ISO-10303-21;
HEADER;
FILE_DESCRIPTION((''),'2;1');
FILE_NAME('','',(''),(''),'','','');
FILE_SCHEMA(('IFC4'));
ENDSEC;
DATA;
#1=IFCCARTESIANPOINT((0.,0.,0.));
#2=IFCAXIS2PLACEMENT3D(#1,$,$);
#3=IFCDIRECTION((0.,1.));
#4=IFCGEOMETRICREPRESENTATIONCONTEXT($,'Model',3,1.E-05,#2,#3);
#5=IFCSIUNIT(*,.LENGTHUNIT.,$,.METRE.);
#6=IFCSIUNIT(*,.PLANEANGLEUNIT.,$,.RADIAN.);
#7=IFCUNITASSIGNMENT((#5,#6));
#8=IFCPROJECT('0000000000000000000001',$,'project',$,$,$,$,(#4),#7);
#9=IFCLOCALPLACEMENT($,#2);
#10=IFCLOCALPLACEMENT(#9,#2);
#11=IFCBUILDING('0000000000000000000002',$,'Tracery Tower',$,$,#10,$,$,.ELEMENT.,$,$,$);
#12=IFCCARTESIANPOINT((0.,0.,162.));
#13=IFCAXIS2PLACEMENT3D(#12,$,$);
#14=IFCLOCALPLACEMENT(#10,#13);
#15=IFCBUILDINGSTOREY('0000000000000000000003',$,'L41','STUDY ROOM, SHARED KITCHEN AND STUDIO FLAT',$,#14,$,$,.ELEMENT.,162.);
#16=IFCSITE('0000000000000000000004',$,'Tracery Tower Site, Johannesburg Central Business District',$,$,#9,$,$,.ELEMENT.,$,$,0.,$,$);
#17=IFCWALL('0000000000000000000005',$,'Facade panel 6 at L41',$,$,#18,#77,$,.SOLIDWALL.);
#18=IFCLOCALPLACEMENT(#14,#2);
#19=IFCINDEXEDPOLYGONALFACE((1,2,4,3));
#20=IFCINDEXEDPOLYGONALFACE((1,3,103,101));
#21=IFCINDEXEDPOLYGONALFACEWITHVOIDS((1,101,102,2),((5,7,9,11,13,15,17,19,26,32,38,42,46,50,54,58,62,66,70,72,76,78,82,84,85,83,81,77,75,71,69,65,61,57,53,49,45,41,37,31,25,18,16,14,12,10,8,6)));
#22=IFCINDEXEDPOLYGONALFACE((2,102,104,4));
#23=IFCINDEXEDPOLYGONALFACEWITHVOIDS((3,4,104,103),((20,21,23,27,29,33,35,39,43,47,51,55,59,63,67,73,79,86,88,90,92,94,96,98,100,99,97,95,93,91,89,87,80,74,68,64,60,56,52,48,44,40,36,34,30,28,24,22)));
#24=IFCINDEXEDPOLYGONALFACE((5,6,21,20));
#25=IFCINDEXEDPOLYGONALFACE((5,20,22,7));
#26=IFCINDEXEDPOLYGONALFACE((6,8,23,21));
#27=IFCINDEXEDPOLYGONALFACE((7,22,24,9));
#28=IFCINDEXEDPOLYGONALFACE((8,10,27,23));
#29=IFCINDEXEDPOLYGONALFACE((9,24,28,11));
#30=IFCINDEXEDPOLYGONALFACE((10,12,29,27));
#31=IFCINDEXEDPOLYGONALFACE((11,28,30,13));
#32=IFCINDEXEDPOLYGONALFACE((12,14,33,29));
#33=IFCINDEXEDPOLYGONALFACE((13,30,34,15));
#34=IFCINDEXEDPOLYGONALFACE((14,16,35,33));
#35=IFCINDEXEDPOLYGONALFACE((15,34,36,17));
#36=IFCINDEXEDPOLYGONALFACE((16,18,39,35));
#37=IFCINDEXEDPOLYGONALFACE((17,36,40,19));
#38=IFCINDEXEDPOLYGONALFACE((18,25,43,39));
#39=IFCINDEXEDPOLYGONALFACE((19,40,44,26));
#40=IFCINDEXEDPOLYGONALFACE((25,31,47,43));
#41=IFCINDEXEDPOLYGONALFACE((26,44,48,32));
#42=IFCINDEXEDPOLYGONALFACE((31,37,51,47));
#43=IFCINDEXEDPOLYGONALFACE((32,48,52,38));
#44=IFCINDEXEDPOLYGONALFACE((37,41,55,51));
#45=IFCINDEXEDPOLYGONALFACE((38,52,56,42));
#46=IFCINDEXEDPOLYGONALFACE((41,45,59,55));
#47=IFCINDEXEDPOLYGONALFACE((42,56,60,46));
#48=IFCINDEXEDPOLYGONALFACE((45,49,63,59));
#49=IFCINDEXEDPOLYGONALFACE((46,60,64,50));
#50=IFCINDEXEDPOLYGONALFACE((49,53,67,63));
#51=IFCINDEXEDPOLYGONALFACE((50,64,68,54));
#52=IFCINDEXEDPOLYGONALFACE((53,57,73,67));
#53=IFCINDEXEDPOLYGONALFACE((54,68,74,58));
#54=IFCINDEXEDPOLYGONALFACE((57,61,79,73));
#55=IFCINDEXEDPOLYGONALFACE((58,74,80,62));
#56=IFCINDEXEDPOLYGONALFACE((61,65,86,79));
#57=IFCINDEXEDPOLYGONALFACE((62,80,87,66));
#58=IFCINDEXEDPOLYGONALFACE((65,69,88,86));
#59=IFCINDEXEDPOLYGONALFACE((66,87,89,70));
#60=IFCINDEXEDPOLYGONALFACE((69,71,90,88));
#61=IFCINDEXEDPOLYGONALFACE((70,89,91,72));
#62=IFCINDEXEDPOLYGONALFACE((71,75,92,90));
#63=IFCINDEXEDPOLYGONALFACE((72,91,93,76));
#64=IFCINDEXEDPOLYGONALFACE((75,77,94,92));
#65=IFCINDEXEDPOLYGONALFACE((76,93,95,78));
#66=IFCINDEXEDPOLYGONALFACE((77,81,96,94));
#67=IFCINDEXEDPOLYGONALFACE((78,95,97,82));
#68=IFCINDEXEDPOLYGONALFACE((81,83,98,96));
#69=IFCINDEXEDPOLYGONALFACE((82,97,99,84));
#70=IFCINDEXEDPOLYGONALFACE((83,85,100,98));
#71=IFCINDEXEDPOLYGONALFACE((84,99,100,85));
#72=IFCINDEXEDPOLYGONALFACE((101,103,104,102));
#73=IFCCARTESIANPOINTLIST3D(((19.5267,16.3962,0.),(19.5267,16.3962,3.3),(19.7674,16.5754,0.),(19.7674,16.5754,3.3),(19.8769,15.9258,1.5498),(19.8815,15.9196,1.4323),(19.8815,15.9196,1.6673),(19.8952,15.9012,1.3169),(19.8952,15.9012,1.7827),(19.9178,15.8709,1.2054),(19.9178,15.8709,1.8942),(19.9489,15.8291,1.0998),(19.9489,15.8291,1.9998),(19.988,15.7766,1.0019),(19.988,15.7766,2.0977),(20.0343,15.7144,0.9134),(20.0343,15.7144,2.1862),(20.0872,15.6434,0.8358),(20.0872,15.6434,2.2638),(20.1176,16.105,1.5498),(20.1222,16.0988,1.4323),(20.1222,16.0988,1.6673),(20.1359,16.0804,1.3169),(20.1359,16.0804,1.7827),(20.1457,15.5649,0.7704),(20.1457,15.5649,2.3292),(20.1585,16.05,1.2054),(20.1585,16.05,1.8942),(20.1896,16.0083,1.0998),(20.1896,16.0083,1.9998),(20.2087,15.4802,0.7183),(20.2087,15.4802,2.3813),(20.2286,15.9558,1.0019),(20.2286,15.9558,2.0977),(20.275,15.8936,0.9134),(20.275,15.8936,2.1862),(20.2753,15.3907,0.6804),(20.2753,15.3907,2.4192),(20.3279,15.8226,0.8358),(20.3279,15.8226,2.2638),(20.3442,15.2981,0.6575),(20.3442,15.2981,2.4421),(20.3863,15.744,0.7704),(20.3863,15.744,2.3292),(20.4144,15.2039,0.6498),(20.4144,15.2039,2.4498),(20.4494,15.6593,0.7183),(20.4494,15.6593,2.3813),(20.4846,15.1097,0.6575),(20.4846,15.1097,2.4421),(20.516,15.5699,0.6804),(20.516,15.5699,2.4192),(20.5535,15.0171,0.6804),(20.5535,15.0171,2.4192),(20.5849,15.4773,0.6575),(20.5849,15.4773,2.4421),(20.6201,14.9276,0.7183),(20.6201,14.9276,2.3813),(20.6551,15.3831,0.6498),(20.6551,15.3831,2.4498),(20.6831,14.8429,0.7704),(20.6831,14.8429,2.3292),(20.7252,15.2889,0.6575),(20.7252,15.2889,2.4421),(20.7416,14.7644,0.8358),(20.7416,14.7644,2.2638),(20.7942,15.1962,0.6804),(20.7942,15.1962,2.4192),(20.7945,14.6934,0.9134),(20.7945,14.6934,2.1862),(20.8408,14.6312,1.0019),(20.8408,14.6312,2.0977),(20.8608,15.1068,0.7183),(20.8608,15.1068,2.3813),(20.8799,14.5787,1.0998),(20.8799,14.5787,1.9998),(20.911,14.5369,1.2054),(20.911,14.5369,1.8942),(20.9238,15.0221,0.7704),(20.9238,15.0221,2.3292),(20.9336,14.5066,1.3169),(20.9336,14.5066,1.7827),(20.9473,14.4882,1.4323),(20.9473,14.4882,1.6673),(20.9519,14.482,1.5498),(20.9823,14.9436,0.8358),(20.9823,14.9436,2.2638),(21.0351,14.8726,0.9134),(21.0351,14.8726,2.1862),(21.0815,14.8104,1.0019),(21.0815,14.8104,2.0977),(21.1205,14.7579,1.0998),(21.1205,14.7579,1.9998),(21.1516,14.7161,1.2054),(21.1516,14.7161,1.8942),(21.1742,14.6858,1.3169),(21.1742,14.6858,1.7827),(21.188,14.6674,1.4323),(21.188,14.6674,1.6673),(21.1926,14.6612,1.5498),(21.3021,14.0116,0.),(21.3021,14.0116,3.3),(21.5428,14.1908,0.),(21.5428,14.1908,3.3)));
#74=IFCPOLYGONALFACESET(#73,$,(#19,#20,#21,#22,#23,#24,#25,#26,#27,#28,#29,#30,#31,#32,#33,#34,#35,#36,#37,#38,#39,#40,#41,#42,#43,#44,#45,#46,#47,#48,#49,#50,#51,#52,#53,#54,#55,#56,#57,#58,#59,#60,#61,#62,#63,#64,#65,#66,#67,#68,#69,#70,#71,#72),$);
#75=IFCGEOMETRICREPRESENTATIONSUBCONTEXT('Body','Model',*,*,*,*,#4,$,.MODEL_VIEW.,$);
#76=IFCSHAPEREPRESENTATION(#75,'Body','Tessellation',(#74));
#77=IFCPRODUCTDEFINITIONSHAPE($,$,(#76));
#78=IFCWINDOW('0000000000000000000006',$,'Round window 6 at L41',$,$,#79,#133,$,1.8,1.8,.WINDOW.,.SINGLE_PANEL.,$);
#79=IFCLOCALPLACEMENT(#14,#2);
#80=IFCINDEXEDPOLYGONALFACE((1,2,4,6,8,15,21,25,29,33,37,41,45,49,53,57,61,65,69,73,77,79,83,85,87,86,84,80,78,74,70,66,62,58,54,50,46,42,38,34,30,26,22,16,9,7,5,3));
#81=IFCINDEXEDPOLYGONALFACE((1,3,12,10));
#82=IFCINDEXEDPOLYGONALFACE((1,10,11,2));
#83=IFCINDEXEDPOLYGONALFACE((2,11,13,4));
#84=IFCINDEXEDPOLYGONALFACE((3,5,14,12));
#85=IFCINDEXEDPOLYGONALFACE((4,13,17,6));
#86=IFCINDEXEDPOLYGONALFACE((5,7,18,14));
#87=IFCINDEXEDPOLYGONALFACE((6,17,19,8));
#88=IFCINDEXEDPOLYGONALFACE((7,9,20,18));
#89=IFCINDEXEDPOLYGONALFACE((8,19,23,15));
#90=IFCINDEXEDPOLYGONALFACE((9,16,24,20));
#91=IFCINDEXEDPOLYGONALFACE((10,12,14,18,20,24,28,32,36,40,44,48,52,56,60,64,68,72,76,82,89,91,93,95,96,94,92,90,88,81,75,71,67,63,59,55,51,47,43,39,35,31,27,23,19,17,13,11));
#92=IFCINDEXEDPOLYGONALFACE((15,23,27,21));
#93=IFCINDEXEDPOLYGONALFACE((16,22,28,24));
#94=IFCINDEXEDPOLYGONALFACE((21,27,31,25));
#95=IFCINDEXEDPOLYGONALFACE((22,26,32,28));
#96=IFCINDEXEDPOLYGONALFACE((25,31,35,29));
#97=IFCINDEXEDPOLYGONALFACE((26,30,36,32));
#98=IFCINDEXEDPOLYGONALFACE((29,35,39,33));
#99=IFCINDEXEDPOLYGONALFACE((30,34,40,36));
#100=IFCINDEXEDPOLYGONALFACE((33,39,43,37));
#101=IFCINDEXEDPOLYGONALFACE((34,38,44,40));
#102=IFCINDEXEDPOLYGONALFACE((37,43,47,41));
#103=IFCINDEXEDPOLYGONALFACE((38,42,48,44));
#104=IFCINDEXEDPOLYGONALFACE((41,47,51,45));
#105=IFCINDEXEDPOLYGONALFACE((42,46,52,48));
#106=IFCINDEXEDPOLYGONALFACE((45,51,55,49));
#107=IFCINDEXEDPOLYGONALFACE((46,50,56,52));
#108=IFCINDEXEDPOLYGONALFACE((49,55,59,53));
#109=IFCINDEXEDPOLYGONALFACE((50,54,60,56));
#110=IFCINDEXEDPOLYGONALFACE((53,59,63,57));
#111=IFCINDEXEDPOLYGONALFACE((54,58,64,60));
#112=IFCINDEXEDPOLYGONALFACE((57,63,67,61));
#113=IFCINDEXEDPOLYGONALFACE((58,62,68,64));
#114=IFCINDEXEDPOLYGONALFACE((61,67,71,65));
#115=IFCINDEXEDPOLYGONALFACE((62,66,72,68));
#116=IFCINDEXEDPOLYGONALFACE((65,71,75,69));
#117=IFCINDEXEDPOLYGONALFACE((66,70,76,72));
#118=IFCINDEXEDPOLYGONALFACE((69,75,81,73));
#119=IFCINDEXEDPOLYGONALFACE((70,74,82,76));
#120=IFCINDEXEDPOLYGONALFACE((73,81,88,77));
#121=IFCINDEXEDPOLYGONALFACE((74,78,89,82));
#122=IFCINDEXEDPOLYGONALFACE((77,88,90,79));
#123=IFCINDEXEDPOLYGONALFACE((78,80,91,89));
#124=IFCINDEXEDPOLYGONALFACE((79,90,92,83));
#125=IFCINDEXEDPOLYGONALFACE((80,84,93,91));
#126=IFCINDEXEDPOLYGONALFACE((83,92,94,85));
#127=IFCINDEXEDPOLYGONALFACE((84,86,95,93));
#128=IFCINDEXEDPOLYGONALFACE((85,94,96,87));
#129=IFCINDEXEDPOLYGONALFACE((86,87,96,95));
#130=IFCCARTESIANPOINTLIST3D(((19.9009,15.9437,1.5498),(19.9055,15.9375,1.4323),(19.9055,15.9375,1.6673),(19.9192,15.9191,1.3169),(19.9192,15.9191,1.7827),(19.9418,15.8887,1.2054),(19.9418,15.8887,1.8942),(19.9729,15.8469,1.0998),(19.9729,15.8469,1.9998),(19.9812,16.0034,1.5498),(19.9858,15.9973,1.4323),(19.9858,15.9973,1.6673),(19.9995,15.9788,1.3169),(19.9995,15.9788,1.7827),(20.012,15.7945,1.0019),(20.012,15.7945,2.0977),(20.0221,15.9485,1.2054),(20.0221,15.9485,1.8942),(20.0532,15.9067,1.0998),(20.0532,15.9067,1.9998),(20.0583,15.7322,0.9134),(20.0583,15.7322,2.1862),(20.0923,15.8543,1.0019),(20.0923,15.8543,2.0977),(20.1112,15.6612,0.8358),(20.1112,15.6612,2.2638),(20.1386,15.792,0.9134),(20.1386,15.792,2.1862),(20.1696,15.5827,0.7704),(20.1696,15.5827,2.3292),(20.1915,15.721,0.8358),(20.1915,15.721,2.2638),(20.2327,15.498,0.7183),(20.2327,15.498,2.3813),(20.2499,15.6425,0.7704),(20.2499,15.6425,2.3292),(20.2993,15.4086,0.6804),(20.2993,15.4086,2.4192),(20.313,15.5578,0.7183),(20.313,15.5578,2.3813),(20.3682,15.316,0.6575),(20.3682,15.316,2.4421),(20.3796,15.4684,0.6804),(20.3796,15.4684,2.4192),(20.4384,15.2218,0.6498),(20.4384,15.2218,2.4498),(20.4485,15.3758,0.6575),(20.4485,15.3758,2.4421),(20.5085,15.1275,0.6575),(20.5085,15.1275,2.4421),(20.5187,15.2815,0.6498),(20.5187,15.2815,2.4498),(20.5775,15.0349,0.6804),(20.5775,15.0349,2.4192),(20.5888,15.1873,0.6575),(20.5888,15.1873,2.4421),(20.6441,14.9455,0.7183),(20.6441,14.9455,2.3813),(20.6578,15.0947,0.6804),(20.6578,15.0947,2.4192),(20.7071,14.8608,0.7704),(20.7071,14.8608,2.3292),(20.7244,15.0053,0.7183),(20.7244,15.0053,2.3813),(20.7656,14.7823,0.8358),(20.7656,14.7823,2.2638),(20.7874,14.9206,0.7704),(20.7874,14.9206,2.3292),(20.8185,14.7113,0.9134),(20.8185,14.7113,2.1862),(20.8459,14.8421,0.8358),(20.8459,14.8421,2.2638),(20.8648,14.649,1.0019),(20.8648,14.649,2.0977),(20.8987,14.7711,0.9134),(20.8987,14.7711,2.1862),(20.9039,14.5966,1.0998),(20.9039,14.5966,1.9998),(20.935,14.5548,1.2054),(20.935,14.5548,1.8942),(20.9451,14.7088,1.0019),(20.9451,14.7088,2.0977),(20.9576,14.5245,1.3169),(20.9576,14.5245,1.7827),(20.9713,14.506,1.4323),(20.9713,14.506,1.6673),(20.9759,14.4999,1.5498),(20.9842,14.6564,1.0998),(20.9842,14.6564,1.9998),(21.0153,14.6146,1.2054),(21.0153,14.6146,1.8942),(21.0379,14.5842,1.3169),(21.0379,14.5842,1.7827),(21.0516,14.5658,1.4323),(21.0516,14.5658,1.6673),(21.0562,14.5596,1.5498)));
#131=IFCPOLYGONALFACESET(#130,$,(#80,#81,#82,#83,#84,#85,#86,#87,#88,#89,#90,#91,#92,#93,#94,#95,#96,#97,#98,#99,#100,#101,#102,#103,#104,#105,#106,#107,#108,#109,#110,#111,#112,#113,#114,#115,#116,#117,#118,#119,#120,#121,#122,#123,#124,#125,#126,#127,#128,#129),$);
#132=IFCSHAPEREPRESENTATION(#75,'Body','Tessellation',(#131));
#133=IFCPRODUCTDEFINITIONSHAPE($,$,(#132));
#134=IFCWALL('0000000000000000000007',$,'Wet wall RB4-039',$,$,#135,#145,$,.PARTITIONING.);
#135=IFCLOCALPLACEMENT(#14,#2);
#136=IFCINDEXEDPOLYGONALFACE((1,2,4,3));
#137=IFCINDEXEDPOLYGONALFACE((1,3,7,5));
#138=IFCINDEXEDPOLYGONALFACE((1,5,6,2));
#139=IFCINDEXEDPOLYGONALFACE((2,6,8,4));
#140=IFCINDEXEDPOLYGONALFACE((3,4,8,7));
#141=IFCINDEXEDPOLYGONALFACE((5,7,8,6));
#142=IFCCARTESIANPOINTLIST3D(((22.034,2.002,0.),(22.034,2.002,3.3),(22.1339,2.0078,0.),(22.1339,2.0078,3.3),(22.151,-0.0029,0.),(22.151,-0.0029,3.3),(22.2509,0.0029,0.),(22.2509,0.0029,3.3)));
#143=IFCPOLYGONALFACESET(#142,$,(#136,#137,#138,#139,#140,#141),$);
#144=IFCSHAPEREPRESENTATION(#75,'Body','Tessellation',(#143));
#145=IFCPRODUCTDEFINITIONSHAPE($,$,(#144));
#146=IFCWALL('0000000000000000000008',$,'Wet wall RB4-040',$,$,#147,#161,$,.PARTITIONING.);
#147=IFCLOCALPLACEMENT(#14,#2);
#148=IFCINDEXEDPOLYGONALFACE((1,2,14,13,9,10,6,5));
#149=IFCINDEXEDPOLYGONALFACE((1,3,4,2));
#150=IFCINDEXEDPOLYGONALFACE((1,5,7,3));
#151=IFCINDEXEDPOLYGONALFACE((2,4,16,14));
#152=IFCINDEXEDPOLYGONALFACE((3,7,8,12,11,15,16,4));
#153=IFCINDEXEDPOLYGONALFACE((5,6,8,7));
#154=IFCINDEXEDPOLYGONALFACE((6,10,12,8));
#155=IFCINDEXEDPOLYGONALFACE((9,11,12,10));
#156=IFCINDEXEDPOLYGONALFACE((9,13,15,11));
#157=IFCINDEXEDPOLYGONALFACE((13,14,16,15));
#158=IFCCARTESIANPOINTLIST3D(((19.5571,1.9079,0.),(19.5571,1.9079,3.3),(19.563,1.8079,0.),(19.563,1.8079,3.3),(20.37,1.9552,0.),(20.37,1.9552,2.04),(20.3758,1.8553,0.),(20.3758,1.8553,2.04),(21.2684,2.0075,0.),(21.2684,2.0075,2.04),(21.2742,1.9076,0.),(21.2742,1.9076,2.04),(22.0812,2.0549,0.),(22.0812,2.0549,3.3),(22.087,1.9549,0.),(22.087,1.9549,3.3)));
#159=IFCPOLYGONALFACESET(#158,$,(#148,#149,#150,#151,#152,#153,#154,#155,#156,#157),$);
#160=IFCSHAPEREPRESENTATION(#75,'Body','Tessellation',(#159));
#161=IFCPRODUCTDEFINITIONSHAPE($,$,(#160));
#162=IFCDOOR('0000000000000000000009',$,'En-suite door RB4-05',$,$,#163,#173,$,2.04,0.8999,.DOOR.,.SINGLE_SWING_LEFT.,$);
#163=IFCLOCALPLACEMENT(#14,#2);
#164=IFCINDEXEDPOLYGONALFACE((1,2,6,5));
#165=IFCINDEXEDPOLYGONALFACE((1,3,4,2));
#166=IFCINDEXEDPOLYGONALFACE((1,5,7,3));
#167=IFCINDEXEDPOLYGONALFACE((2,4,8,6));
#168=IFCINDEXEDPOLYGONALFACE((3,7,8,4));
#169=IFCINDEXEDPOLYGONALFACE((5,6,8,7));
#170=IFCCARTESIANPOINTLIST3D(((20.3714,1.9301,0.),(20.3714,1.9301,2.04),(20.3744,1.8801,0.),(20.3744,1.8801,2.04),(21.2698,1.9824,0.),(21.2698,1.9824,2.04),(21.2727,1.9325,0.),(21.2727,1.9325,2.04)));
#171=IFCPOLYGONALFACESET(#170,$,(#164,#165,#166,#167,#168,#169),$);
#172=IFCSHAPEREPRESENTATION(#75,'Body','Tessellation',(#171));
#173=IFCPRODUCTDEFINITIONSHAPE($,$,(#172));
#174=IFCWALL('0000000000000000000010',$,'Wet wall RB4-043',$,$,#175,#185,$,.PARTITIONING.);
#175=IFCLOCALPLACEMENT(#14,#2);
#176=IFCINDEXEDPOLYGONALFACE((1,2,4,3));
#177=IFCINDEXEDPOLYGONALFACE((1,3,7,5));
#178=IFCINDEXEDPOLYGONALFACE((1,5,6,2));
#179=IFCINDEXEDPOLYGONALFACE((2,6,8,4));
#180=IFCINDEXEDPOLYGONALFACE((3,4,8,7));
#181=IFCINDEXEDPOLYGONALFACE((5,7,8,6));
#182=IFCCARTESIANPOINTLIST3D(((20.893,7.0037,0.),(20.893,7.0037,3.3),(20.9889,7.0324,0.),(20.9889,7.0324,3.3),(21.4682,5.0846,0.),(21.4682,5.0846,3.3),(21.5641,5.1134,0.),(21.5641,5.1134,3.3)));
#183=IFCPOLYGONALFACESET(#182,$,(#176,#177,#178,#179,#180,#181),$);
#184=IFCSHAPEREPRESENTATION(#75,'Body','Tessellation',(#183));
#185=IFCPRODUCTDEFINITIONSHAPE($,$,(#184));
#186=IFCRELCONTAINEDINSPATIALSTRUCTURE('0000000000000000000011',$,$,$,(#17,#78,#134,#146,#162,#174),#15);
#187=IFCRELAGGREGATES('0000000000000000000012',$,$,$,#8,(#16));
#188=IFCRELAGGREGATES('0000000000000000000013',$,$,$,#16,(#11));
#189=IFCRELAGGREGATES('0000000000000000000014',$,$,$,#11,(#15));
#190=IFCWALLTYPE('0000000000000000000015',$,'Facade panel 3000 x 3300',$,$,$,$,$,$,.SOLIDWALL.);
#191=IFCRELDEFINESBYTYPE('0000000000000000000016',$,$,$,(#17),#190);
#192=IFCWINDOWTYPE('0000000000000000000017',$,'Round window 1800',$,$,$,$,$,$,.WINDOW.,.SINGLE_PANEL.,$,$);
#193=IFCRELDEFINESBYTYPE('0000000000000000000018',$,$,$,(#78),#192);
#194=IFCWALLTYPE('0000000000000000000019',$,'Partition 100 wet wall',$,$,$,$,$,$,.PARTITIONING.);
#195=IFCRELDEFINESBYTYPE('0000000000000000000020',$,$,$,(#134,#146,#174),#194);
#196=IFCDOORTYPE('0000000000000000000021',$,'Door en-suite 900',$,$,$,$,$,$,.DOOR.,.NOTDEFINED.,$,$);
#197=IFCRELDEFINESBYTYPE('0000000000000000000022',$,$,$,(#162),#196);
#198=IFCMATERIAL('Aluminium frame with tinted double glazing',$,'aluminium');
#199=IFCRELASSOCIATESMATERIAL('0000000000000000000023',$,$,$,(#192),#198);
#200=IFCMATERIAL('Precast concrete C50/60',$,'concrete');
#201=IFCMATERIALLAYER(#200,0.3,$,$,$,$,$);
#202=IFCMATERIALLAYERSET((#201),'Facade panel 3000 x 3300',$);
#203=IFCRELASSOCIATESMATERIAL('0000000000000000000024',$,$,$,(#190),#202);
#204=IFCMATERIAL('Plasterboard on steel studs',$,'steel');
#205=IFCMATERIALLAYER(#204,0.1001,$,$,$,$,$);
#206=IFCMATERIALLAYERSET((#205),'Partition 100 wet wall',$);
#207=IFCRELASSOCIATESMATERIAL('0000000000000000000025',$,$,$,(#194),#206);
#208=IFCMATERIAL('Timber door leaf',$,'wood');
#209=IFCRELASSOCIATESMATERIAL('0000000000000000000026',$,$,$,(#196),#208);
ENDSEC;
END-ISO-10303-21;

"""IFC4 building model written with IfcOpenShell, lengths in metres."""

from ifc_helpers import new_model, si_unit, direction, frame, frame_2d, origin, origin_2d, place, context, subcontext, project, spatial, rectangle, circle, extrude, material, layer, layer_set, type_object, element, fill, save


model = new_model("IFC4")

# Units and contexts
model_context = context("Model", 3, precision=1e-05, world=origin(), true_north=direction((0.0, 1.0)))
body_context = subcontext(model_context, "Body", "Model", "MODEL_VIEW")
ifc_project = project(units=[si_unit("LENGTHUNIT", "METRE"), si_unit("PLANEANGLEUNIT", "RADIAN")], contexts=[model_context])

# Site, building, storey
site_placement = place(None, origin())
site = spatial("IfcSite", under=ifc_project, at=site_placement, Name="Tracery Tower Site, Johannesburg Central Business District", CompositionType="ELEMENT", RefElevation=0.0)
building_placement = place(site_placement, origin())
building = spatial("IfcBuilding", under=site, at=building_placement, Name="Tracery Tower", CompositionType="ELEMENT")
storey_placement = place(building_placement, frame((0.0, 0.0, 162.0)))
storey = spatial("IfcBuildingStorey", under=building, at=storey_placement, Name="L41", Description="STUDY ROOM, SHARED KITCHEN AND STUDIO FLAT", CompositionType="ELEMENT", Elevation=162.0)

# Wall, opening, window
ifc_material_1 = material(Name="Aluminium frame with tinted double glazing", Category="aluminium")
window_type = type_object("IfcWindowType", Name="Round window 1800", PartitioningType="SINGLE_PANEL", PredefinedType="WINDOW", material=ifc_material_1)
ifc_material_2 = material(Name="Precast concrete C50/60", Category="concrete")
ifc_layer_1 = layer(ifc_material_2, 0.3)
ifc_layer_set_1 = layer_set([ifc_layer_1], Name="Facade panel 3000 x 3300")
wall_type_1 = type_object("IfcWallType", Name="Facade panel 3000 x 3300", PredefinedType="SOLIDWALL", material=ifc_layer_set_1)
wall_1_placement = place(storey_placement, frame((21.4224, 14.1013, 0.0), z_axis=(0.0, 0.0, 1.0), x_axis=(-0.597198, 0.802094, 0.0)))
wall_1 = element("IfcWall", 1, at=wall_1_placement, inside=storey, type_object=wall_type_1, Name="Facade panel 6 at L41", PredefinedType="SOLIDWALL", context=body_context, shape_type="SweptSolid", body=[
    extrude(rectangle(XDim=2.9729, YDim=0.3, at=frame_2d((1.4863, 0.0))), origin(), (0.0, 0.0, 1.0), 3.3),
])
opening_1_placement = place(wall_1_placement, frame((1.4863, 0.0, 1.5498)))
opening_1 = element("IfcOpeningElement", 2, at=opening_1_placement, cuts=wall_1, PredefinedType="OPENING", context=body_context, shape_type="SweptSolid", body=[
    extrude(circle(Radius=0.9, at=origin_2d()), frame((0.0, 0.1599, 0.0), z_axis=(0.0, -1.0, 0.0), x_axis=(1.0, 0.0, 0.0)), (0.0, 0.0, 1.0), 0.3201),
])
window_1_placement = place(opening_1_placement, origin())
window_1 = element("IfcWindow", 3, at=window_1_placement, inside=storey, type_object=window_type, Name="Round window 6 at L41", OverallHeight=1.8, OverallWidth=1.8, PartitioningType="SINGLE_PANEL", PredefinedType="WINDOW", context=body_context, shape_type="SweptSolid", body=[
    extrude(circle(Radius=0.9, at=origin_2d()), frame((0.0, 0.1201, 0.0), z_axis=(0.0, -1.0, 0.0), x_axis=(1.0, 0.0, 0.0)), (0.0, 0.0, 1.0), 0.1001),
])
fill(opening_1, window_1)

# Wall
ifc_material_3 = material(Name="Plasterboard on steel studs", Category="steel")
ifc_layer_2 = layer(ifc_material_3, 0.1001)
ifc_layer_set_2 = layer_set([ifc_layer_2], Name="Partition 100 wet wall")
wall_type_2 = type_object("IfcWallType", Name="Partition 100 wet wall", PredefinedType="PARTITIONING", material=ifc_layer_set_2)
wall_2_placement = place(storey_placement, frame((22.084, 2.0049, 0.0), z_axis=(0.0, 0.0, 1.0), x_axis=(0.05823, -0.998303, 0.0)))
element("IfcWall", 4, at=wall_2_placement, inside=storey, type_object=wall_type_2, Name="Wet wall RB4-039", PredefinedType="PARTITIONING", context=body_context, shape_type="SweptSolid", body=[
    extrude(rectangle(XDim=2.0083, YDim=0.1001, at=frame_2d((1.0042, 0.0))), origin(), (0.0, 0.0, 1.0), 3.3),
])

# Wall, opening, door
wall_3_placement = place(storey_placement, frame((19.5601, 1.8579, 0.0), z_axis=(0.0, 0.0, 1.0), x_axis=(0.998309, 0.058133, 0.0)))
wall_3 = element("IfcWall", 5, at=wall_3_placement, inside=storey, type_object=wall_type_2, Name="Wet wall RB4-040", PredefinedType="PARTITIONING", context=body_context, shape_type="SweptSolid", body=[
    extrude(rectangle(XDim=2.5283, YDim=0.1001, at=frame_2d((1.2642, 0.0))), origin(), (0.0, 0.0, 1.0), 3.3),
])
opening_2_placement = place(wall_3_placement, frame((0.8142, 0.0, 0.0)))
opening_2 = element("IfcOpeningElement", 6, at=opening_2_placement, cuts=wall_3, PredefinedType="OPENING", context=body_context, shape_type="SweptSolid", body=[
    extrude(rectangle(XDim=0.8999, YDim=2.04, at=frame_2d((0.45, 1.02))), frame((0.0, 0.05, 0.0), z_axis=(0.0, -1.0, 0.0), x_axis=(1.0, 0.0, 0.0)), (0.0, 0.0, 1.0), 0.1001),
])
ifc_material_4 = material(Name="Timber door leaf", Category="wood")
door_type_1 = type_object("IfcDoorType", Name="Door en-suite 900", OperationType="NOTDEFINED", PredefinedType="DOOR", material=ifc_material_4)
door_1_placement = place(opening_2_placement, origin())
door_1 = element("IfcDoor", 7, at=door_1_placement, inside=storey, type_object=door_type_1, Name="En-suite door RB4-05", OperationType="SINGLE_SWING_LEFT", OverallHeight=2.04, OverallWidth=0.8999, PredefinedType="DOOR", context=body_context, shape_type="SweptSolid", body=[
    extrude(rectangle(XDim=0.8999, YDim=2.04, at=frame_2d((0.45, 1.02))), frame((0.0, 0.0249, 0.0), z_axis=(0.0, -1.0, 0.0), x_axis=(1.0, 0.0, 0.0)), (0.0, 0.0, 1.0), 0.05),
])
fill(opening_2, door_1)

# Wall
wall_4_placement = place(storey_placement, frame((20.9409, 7.0181, 0.0), z_axis=(0.0, 0.0, 1.0), x_axis=(0.287124, -0.957893, 0.0)))
element("IfcWall", 8, at=wall_4_placement, inside=storey, type_object=wall_type_2, Name="Wet wall RB4-043", PredefinedType="PARTITIONING", context=body_context, shape_type="SweptSolid", body=[
    extrude(rectangle(XDim=2.0034, YDim=0.1001, at=frame_2d((1.0017, 0.0))), origin(), (0.0, 0.0, 1.0), 3.3),
])

save(model, "model.ifc")
